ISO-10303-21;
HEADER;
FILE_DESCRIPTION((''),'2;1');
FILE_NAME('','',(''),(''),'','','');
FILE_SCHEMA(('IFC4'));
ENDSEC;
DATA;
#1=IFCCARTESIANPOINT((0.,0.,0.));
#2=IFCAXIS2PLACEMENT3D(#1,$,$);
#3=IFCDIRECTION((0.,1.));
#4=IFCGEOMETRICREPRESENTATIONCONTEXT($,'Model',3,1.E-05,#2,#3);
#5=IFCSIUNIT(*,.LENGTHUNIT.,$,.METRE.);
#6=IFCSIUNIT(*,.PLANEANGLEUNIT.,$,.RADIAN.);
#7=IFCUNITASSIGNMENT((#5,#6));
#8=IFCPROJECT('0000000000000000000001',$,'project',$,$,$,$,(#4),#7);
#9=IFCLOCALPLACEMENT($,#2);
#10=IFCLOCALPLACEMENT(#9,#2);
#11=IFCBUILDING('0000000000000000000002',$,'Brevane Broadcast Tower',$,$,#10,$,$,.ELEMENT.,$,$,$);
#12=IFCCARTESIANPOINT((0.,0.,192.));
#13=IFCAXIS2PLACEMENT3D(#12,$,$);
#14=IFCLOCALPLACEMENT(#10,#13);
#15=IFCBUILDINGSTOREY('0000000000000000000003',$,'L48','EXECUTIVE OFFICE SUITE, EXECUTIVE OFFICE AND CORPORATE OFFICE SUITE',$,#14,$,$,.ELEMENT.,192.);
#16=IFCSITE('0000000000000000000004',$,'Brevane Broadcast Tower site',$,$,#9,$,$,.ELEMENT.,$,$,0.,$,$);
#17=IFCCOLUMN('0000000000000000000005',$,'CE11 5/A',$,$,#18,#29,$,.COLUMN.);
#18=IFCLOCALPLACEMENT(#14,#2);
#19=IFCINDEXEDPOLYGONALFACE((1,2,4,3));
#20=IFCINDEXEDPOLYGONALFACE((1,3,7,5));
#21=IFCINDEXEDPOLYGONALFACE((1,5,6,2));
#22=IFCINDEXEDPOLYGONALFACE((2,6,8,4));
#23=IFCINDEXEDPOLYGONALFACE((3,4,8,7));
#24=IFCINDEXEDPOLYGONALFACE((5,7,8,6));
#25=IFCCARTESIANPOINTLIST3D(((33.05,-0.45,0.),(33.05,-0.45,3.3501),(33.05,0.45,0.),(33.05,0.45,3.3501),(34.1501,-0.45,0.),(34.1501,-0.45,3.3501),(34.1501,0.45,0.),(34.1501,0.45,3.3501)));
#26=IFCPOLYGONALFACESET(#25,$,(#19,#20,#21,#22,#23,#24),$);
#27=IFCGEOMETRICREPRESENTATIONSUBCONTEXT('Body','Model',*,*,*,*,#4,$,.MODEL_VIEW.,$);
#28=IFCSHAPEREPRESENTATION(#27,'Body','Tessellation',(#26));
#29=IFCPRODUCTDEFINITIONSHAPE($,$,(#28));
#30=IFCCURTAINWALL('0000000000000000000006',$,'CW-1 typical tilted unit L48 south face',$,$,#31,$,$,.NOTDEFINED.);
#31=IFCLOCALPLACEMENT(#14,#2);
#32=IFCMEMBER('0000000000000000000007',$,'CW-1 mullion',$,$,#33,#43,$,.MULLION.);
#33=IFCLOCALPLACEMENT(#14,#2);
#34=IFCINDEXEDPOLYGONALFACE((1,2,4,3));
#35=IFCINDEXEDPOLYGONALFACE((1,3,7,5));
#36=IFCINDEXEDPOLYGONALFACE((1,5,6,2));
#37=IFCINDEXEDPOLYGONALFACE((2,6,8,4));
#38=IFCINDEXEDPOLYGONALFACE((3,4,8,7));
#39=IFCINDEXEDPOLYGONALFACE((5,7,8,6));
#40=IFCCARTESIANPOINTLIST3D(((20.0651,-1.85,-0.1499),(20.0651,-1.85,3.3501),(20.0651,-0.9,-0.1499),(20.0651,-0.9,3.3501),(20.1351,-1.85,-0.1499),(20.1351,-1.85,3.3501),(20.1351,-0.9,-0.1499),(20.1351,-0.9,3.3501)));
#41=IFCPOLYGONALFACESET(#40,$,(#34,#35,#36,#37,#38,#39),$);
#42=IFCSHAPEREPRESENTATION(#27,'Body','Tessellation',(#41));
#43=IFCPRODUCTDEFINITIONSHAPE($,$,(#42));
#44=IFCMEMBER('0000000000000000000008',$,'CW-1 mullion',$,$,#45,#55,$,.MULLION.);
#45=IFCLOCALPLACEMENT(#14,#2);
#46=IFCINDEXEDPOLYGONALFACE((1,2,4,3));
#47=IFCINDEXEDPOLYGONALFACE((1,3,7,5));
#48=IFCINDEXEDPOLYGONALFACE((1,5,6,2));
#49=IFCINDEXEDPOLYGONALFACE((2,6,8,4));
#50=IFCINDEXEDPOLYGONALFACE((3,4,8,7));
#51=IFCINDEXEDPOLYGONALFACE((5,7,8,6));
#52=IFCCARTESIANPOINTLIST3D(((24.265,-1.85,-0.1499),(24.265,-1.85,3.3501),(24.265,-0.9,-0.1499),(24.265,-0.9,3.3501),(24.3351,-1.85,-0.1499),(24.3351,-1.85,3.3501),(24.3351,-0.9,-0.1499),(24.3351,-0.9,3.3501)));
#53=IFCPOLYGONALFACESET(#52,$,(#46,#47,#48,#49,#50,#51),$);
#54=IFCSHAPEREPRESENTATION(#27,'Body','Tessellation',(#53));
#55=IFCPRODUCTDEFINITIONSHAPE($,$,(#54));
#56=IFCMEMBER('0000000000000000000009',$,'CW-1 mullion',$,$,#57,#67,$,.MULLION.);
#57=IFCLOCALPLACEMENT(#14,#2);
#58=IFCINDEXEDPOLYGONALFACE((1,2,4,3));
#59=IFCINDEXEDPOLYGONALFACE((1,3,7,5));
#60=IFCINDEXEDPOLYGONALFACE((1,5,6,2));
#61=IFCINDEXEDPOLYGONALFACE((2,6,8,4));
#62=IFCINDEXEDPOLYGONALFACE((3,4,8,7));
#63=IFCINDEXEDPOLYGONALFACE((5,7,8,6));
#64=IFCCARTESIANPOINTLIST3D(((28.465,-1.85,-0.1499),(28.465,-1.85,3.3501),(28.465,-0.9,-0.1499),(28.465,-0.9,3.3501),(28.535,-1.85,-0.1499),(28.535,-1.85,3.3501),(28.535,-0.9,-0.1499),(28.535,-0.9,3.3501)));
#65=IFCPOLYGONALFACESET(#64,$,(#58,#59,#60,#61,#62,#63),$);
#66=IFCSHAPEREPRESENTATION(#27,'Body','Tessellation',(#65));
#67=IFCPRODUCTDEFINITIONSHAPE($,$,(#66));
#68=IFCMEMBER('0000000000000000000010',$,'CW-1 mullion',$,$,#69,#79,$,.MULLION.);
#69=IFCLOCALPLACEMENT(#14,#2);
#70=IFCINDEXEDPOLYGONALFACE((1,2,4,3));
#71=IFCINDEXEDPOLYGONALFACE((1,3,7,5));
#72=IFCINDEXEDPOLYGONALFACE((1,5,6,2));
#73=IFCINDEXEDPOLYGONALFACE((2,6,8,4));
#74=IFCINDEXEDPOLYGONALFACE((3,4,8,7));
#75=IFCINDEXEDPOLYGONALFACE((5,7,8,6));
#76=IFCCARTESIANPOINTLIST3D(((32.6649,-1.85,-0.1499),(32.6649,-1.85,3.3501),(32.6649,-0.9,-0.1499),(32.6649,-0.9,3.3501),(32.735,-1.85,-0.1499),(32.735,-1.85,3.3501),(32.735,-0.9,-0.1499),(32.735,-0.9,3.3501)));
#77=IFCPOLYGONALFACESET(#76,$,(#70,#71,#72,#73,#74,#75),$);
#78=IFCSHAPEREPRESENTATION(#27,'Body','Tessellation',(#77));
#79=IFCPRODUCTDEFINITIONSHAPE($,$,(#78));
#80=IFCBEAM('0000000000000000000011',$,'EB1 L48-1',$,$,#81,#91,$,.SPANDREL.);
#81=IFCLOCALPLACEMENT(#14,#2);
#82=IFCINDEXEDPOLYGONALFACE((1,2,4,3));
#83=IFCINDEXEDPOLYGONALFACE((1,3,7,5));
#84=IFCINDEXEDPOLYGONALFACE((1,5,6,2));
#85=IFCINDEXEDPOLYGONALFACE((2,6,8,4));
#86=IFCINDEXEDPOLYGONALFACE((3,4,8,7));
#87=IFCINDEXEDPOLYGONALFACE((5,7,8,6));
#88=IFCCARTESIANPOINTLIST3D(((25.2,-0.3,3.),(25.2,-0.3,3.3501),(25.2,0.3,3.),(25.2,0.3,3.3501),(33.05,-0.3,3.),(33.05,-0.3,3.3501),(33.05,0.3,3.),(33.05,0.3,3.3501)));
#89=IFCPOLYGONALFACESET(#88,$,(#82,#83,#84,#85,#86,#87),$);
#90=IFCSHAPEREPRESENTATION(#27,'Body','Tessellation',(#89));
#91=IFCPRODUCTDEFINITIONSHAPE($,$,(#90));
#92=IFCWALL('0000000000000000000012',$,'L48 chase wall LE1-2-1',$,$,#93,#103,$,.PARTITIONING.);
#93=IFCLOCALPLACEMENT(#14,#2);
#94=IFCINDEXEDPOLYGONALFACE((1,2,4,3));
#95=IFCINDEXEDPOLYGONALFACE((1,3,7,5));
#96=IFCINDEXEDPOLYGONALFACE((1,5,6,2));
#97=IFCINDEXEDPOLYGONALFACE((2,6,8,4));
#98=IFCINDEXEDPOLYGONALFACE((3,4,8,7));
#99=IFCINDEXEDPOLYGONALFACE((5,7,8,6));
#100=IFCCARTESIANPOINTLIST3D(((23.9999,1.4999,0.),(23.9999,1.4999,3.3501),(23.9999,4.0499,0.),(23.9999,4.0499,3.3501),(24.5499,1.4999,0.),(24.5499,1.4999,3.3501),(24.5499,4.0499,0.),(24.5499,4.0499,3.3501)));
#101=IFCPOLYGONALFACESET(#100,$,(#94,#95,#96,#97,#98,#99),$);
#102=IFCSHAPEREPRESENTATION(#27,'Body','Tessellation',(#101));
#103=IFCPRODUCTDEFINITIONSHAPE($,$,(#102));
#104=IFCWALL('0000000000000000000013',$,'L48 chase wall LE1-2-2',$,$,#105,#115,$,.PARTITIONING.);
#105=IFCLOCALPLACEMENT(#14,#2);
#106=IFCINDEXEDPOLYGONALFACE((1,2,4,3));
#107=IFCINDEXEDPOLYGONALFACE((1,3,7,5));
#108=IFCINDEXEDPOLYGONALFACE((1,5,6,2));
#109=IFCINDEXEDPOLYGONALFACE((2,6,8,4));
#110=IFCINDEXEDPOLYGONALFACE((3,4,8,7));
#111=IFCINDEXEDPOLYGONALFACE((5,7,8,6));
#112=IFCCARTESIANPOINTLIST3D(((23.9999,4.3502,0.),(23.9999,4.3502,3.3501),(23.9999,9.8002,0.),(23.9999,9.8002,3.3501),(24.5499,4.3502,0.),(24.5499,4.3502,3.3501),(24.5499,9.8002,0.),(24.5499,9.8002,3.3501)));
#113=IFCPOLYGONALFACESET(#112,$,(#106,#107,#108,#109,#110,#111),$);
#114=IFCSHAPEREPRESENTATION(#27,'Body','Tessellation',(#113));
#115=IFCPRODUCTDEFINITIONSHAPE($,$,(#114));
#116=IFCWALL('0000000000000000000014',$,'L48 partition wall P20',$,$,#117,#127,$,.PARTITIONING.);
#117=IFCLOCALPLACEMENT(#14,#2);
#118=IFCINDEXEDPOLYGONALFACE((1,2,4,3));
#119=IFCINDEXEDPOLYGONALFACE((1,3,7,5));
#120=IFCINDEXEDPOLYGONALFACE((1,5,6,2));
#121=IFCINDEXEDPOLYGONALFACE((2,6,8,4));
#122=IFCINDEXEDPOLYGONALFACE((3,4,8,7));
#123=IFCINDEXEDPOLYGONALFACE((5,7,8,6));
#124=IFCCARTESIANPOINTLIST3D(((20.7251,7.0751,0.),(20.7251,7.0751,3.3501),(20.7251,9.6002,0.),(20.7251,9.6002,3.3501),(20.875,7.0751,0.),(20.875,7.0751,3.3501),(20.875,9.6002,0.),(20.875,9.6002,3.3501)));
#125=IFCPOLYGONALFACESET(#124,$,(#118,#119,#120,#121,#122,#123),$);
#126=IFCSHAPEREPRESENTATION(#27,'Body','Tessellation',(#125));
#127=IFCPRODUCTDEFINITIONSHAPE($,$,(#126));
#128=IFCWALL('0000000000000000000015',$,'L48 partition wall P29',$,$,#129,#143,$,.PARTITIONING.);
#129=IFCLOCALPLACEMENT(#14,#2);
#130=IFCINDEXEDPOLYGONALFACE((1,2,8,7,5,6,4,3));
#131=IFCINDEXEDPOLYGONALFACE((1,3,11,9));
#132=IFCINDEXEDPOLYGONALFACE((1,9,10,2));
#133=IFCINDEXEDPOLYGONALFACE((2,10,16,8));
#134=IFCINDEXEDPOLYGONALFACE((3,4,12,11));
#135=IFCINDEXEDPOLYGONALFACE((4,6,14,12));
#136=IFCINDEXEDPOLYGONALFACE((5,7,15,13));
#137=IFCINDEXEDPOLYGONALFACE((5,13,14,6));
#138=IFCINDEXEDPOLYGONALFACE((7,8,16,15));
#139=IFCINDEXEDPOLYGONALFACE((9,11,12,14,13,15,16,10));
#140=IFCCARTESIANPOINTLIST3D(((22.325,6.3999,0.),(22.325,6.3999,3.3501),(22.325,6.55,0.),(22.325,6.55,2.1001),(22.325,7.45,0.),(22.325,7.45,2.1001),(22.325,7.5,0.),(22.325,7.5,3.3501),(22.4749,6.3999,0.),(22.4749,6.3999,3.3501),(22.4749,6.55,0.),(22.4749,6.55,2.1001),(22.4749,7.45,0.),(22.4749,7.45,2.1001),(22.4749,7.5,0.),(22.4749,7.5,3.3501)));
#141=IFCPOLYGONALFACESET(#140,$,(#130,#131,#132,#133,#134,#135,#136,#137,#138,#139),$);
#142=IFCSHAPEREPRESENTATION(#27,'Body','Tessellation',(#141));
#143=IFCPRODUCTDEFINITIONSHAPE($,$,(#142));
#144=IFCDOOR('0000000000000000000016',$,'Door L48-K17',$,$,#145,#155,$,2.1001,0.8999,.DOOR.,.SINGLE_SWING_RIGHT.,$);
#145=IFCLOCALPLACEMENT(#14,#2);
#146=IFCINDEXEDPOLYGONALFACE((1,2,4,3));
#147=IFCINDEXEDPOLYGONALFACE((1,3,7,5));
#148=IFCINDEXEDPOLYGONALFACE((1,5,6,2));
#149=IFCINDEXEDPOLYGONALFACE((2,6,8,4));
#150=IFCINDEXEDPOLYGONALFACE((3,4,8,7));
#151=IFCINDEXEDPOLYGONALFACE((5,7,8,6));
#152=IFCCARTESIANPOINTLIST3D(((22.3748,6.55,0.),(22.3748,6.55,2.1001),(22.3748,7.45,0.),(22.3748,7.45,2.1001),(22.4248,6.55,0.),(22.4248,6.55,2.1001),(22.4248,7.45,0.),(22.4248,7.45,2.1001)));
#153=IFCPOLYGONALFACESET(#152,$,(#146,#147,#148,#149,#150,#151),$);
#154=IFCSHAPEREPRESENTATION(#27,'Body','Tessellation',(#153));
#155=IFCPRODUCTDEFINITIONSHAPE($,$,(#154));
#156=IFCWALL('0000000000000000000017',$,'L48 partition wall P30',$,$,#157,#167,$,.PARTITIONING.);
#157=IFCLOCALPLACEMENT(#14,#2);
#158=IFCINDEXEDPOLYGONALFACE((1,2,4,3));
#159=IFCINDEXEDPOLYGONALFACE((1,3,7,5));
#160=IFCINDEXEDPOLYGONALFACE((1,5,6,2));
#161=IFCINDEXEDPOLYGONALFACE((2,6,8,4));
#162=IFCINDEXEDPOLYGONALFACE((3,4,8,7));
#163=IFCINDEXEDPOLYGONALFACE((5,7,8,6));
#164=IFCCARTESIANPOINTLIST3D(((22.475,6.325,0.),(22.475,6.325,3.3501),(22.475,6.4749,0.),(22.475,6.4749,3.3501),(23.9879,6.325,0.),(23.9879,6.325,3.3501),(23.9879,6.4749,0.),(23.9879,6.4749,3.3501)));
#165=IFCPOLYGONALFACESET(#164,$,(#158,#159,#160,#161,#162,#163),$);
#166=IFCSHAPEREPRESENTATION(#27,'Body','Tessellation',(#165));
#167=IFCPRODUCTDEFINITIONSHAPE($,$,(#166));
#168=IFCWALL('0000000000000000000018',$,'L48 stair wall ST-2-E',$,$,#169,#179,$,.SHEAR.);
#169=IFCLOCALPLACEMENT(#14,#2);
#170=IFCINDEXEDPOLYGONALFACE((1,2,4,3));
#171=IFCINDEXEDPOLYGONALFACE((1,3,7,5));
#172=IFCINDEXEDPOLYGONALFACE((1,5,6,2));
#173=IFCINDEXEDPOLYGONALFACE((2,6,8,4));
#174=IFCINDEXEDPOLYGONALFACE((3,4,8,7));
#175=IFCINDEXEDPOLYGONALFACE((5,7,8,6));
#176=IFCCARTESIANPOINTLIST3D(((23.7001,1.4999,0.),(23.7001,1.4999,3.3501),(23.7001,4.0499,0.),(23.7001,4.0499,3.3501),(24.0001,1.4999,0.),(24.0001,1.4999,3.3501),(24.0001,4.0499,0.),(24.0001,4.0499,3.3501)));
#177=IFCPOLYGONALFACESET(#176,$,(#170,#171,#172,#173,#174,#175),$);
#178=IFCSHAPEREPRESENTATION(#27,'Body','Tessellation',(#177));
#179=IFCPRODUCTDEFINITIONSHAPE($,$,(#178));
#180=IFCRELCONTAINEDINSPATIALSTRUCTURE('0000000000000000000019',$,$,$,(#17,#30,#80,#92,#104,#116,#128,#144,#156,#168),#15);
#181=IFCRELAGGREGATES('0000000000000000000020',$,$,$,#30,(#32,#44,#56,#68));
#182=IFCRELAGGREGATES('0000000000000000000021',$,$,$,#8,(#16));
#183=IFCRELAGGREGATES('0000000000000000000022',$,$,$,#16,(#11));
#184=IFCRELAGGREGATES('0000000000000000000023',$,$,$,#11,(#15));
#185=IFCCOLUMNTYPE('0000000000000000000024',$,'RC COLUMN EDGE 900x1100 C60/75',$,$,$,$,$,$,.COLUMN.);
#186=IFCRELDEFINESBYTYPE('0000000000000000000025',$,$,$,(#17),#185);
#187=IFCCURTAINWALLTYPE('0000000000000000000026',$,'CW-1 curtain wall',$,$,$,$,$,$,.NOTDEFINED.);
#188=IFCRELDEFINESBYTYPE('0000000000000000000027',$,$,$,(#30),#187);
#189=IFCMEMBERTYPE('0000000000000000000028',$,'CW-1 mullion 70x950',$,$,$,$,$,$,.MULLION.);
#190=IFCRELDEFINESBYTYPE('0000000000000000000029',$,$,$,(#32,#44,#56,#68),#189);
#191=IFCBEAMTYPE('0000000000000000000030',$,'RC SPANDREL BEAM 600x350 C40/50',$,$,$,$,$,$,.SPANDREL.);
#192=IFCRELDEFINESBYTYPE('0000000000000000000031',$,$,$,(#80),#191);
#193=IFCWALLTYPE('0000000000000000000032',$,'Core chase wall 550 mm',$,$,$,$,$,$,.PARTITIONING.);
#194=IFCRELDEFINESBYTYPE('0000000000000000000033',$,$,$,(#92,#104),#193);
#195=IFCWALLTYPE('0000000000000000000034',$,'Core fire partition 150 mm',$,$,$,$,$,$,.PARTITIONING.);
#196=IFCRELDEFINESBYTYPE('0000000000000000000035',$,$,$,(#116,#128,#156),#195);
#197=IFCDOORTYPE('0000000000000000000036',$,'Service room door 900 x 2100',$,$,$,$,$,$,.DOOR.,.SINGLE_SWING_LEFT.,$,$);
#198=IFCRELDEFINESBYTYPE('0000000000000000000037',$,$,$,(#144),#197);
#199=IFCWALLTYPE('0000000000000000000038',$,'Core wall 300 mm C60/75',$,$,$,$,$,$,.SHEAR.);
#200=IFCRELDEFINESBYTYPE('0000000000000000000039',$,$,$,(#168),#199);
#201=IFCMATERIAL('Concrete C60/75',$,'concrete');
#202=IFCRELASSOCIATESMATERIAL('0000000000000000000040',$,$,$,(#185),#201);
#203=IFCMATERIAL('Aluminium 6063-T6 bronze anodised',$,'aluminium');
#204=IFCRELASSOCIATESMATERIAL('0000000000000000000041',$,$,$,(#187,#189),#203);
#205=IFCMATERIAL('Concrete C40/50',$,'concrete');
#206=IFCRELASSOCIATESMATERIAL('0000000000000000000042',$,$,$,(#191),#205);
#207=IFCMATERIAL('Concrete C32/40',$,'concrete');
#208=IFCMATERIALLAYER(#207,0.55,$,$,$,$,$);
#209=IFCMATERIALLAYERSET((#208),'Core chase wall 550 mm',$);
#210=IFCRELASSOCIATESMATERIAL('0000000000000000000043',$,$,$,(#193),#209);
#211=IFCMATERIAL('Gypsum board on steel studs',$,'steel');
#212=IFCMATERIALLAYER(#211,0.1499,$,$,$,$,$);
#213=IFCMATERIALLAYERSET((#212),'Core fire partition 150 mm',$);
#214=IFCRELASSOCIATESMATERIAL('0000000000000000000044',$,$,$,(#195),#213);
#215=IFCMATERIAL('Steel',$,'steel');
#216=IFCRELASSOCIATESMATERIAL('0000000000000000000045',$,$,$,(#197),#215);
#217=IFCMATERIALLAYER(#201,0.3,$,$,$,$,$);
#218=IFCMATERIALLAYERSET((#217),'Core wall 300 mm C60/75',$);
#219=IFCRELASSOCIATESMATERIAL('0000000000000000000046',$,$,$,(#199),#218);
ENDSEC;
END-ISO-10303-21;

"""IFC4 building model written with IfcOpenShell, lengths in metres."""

from ifc_helpers import new_model, si_unit, direction, frame, frame_2d, origin, origin_2d, place, context, subcontext, project, spatial, rectangle, extrude, material, layer, layer_set, material_profile, profile_set, type_object, element, fill, aggregate, save


model = new_model("IFC4")

# Units and contexts
model_context = context("Model", 3, precision=1e-05, world=origin(), true_north=direction((0.0, 1.0)))
body_context = subcontext(model_context, "Body", "Model", "MODEL_VIEW")
ifc_project = project(units=[si_unit("LENGTHUNIT", "METRE"), si_unit("PLANEANGLEUNIT", "RADIAN")], contexts=[model_context])

# Site, building, storey
site_placement = place(None, origin())
site = spatial("IfcSite", under=ifc_project, at=site_placement, Name="Brevane Broadcast Tower site", CompositionType="ELEMENT", RefElevation=0.0)
building_placement = place(site_placement, origin())
building = spatial("IfcBuilding", under=site, at=building_placement, Name="Brevane Broadcast Tower", CompositionType="ELEMENT")
storey_placement = place(building_placement, frame((0.0, 0.0, 192.0)))
storey = spatial("IfcBuildingStorey", under=building, at=storey_placement, Name="L48", Description="EXECUTIVE OFFICE SUITE, EXECUTIVE OFFICE AND CORPORATE OFFICE SUITE", CompositionType="ELEMENT", Elevation=192.0)

# Column
ifc_material_1 = material(Name="Concrete C60/75", Category="concrete")
ifc_material_profile_1 = material_profile(ifc_material_1, rectangle(XDim=0.8999, YDim=1.1001, at=origin_2d()), Name="RC 900x1100")
ifc_profile_set_1 = profile_set([ifc_material_profile_1], Name="Concrete C60/75")
column_type = type_object("IfcColumnType", Name="RC COLUMN EDGE 900x1100 C60/75", PredefinedType="COLUMN", material=ifc_profile_set_1)
column_placement = place(storey_placement, frame((33.6001, 0.0, 0.0), z_axis=(0.0, 0.0, 1.0), x_axis=(0.0, 1.0, 0.0)))
element("IfcColumn", 1, at=column_placement, inside=storey, type_object=column_type, Name="CE11 5/A", PredefinedType="COLUMN", context=body_context, shape_type="SweptSolid", body=[
    extrude(rectangle(XDim=0.8999, YDim=1.1001, at=origin_2d()), origin(), (0.0, 0.0, 1.0), 3.3501),
])

# Curtain wall, members
ifc_material_2 = material(Name="Aluminium 6063-T6 bronze anodised", Category="aluminium")
curtain_wall_type = type_object("IfcCurtainWallType", Name="CW-1 curtain wall", PredefinedType="NOTDEFINED", material=ifc_material_2)
curtain_wall_placement = place(storey_placement, origin())
curtain_wall = element("IfcCurtainWall", 2, at=curtain_wall_placement, inside=storey, type_object=curtain_wall_type, Name="CW-1 typical tilted unit L48 south face", PredefinedType="NOTDEFINED")
ifc_material_profile_2 = material_profile(ifc_material_2, rectangle(XDim=0.95, YDim=0.0701, at=origin_2d()), Name="RECT 70x950")
ifc_profile_set_2 = profile_set([ifc_material_profile_2], Name="Aluminium 6063-T6 bronze anodised")
member_type = type_object("IfcMemberType", Name="CW-1 mullion 70x950", PredefinedType="MULLION", material=ifc_profile_set_2)
member_1_placement = place(storey_placement, frame((20.1001, -1.375, -0.1499), z_axis=(0.0, 0.0, 1.0), x_axis=(0.0, 1.0, 0.0)))
member_1 = element("IfcMember", 3, at=member_1_placement, type_object=member_type, Name="CW-1 mullion", PredefinedType="MULLION", context=body_context, shape_type="SweptSolid", body=[
    extrude(rectangle(XDim=0.95, YDim=0.0701, at=origin_2d()), origin(), (0.0, 0.0, 1.0), 3.5),
])
member_2_placement = place(storey_placement, frame((24.3, -1.375, -0.1499), z_axis=(0.0, 0.0, 1.0), x_axis=(0.0, 1.0, 0.0)))
member_2 = element("IfcMember", 4, at=member_2_placement, type_object=member_type, Name="CW-1 mullion", PredefinedType="MULLION", context=body_context, shape_type="SweptSolid", body=[
    extrude(rectangle(XDim=0.95, YDim=0.0701, at=origin_2d()), origin(), (0.0, 0.0, 1.0), 3.5),
])
member_3_placement = place(storey_placement, frame((28.5, -1.375, -0.1499), z_axis=(0.0, 0.0, 1.0), x_axis=(0.0, 1.0, 0.0)))
member_3 = element("IfcMember", 5, at=member_3_placement, type_object=member_type, Name="CW-1 mullion", PredefinedType="MULLION", context=body_context, shape_type="SweptSolid", body=[
    extrude(rectangle(XDim=0.95, YDim=0.0701, at=origin_2d()), origin(), (0.0, 0.0, 1.0), 3.5),
])
member_4_placement = place(storey_placement, frame((32.7, -1.375, -0.1499), z_axis=(0.0, 0.0, 1.0), x_axis=(0.0, 1.0, 0.0)))
member_4 = element("IfcMember", 6, at=member_4_placement, type_object=member_type, Name="CW-1 mullion", PredefinedType="MULLION", context=body_context, shape_type="SweptSolid", body=[
    extrude(rectangle(XDim=0.95, YDim=0.0701, at=origin_2d()), origin(), (0.0, 0.0, 1.0), 3.5),
])
aggregate(curtain_wall, [member_1, member_2, member_3, member_4])

# Beam
ifc_material_3 = material(Name="Concrete C40/50", Category="concrete")
ifc_material_profile_3 = material_profile(ifc_material_3, rectangle(XDim=0.6001, YDim=0.3501, at=origin_2d()), Name="RC 600x350")
ifc_profile_set_3 = profile_set([ifc_material_profile_3], Name="Concrete C40/50")
beam_type = type_object("IfcBeamType", Name="RC SPANDREL BEAM 600x350 C40/50", PredefinedType="SPANDREL", material=ifc_profile_set_3)
beam_placement = place(storey_placement, frame((25.2, 0.0, 3.175), z_axis=(1.0, 0.0, 0.0), x_axis=(0.0, 1.0, 0.0)))
element("IfcBeam", 7, at=beam_placement, inside=storey, type_object=beam_type, Name="EB1 L48-1", PredefinedType="SPANDREL", context=body_context, shape_type="SweptSolid", body=[
    extrude(rectangle(XDim=0.6001, YDim=0.3501, at=origin_2d()), origin(), (0.0, 0.0, 1.0), 7.8501),
])

# Walls
ifc_material_4 = material(Name="Concrete C32/40", Category="concrete")
ifc_layer_1 = layer(ifc_material_4, 0.55)
ifc_layer_set_1 = layer_set([ifc_layer_1], Name="Core chase wall 550 mm")
wall_type_1 = type_object("IfcWallType", Name="Core chase wall 550 mm", PredefinedType="PARTITIONING", material=ifc_layer_set_1)
wall_1_placement = place(storey_placement, frame((24.2749, 1.5, 0.0), z_axis=(0.0, 0.0, 1.0), x_axis=(0.0, 1.0, 0.0)))
element("IfcWall", 8, at=wall_1_placement, inside=storey, type_object=wall_type_1, Name="L48 chase wall LE1-2-1", PredefinedType="PARTITIONING", context=body_context, shape_type="SweptSolid", body=[
    extrude(rectangle(XDim=2.55, YDim=0.55, at=frame_2d((1.2749, 0.0))), origin(), (0.0, 0.0, 1.0), 3.3501),
])
wall_2_placement = place(storey_placement, frame((24.2749, 4.3501, 0.0), z_axis=(0.0, 0.0, 1.0), x_axis=(0.0, 1.0, 0.0)))
element("IfcWall", 9, at=wall_2_placement, inside=storey, type_object=wall_type_1, Name="L48 chase wall LE1-2-2", PredefinedType="PARTITIONING", context=body_context, shape_type="SweptSolid", body=[
    extrude(rectangle(XDim=5.45, YDim=0.55, at=frame_2d((2.7251, 0.0))), origin(), (0.0, 0.0, 1.0), 3.3501),
])
ifc_material_5 = material(Name="Gypsum board on steel studs", Category="steel")
ifc_layer_2 = layer(ifc_material_5, 0.1499)
ifc_layer_set_2 = layer_set([ifc_layer_2], Name="Core fire partition 150 mm")
wall_type_2 = type_object("IfcWallType", Name="Core fire partition 150 mm", PredefinedType="PARTITIONING", material=ifc_layer_set_2)
wall_3_placement = place(storey_placement, frame((20.8, 7.075, 0.0), z_axis=(0.0, 0.0, 1.0), x_axis=(0.0, 1.0, 0.0)))
element("IfcWall", 10, at=wall_3_placement, inside=storey, type_object=wall_type_2, Name="L48 partition wall P20", PredefinedType="PARTITIONING", context=body_context, shape_type="SweptSolid", body=[
    extrude(rectangle(XDim=2.5251, YDim=0.1499, at=frame_2d((1.2627, 0.0))), origin(), (0.0, 0.0, 1.0), 3.3501),
])

# Wall, opening, door
wall_4_placement = place(storey_placement, frame((22.3999, 7.5, 0.0), z_axis=(0.0, 0.0, 1.0), x_axis=(0.0, -1.0, 0.0)))
wall_4 = element("IfcWall", 11, at=wall_4_placement, inside=storey, type_object=wall_type_2, Name="L48 partition wall P29", PredefinedType="PARTITIONING", context=body_context, shape_type="SweptSolid", body=[
    extrude(rectangle(XDim=1.1001, YDim=0.1499, at=frame_2d((0.55, 0.0))), origin(), (0.0, 0.0, 1.0), 3.3501),
])
opening_placement = place(wall_4_placement, frame((0.05, 0.0, 0.0)))
opening = element("IfcOpeningElement", 12, at=opening_placement, cuts=wall_4, PredefinedType="OPENING", context=body_context, shape_type="SweptSolid", body=[
    extrude(rectangle(XDim=0.8999, YDim=2.1001, at=frame_2d((0.45, 1.05))), frame((0.0, 0.085, 0.0), z_axis=(0.0, -1.0, 0.0), x_axis=(1.0, 0.0, 0.0)), (0.0, 0.0, 1.0), 0.1699),
])
ifc_material_6 = material(Name="Steel", Category="steel")
door_type = type_object("IfcDoorType", Name="Service room door 900 x 2100", OperationType="SINGLE_SWING_LEFT", PredefinedType="DOOR", material=ifc_material_6)
door_placement = place(opening_placement, origin())
door = element("IfcDoor", 13, at=door_placement, inside=storey, type_object=door_type, Name="Door L48-K17", OperationType="SINGLE_SWING_RIGHT", OverallHeight=2.1001, OverallWidth=0.8999, PredefinedType="DOOR", context=body_context, shape_type="SweptSolid", body=[
    extrude(rectangle(XDim=0.8999, YDim=2.1001, at=frame_2d((0.45, 1.05))), frame((0.0, 0.0249, 0.0), z_axis=(0.0, -1.0, 0.0), x_axis=(1.0, 0.0, 0.0)), (0.0, 0.0, 1.0), 0.05),
])
fill(opening, door)

# Walls
wall_5_placement = place(storey_placement, frame((22.4751, 6.3999, 0.0), z_axis=(0.0, 0.0, 1.0), x_axis=(1.0, 0.0, 0.0)))
element("IfcWall", 14, at=wall_5_placement, inside=storey, type_object=wall_type_2, Name="L48 partition wall P30", PredefinedType="PARTITIONING", context=body_context, shape_type="SweptSolid", body=[
    extrude(rectangle(XDim=1.5129, YDim=0.1499, at=frame_2d((0.7563, 0.0))), origin(), (0.0, 0.0, 1.0), 3.3501),
])
ifc_layer_3 = layer(ifc_material_1, 0.3)
ifc_layer_set_3 = layer_set([ifc_layer_3], Name="Core wall 300 mm C60/75")
wall_type_3 = type_object("IfcWallType", Name="Core wall 300 mm C60/75", PredefinedType="SHEAR", material=ifc_layer_set_3)
wall_6_placement = place(storey_placement, frame((23.8501, 1.5, 0.0), z_axis=(0.0, 0.0, 1.0), x_axis=(0.0, 1.0, 0.0)))
element("IfcWall", 15, at=wall_6_placement, inside=storey, type_object=wall_type_3, Name="L48 stair wall ST-2-E", PredefinedType="SHEAR", context=body_context, shape_type="SweptSolid", body=[
    extrude(rectangle(XDim=2.55, YDim=0.3, at=frame_2d((1.2749, 0.0))), origin(), (0.0, 0.0, 1.0), 3.3501),
])

save(model, "model.ifc")
